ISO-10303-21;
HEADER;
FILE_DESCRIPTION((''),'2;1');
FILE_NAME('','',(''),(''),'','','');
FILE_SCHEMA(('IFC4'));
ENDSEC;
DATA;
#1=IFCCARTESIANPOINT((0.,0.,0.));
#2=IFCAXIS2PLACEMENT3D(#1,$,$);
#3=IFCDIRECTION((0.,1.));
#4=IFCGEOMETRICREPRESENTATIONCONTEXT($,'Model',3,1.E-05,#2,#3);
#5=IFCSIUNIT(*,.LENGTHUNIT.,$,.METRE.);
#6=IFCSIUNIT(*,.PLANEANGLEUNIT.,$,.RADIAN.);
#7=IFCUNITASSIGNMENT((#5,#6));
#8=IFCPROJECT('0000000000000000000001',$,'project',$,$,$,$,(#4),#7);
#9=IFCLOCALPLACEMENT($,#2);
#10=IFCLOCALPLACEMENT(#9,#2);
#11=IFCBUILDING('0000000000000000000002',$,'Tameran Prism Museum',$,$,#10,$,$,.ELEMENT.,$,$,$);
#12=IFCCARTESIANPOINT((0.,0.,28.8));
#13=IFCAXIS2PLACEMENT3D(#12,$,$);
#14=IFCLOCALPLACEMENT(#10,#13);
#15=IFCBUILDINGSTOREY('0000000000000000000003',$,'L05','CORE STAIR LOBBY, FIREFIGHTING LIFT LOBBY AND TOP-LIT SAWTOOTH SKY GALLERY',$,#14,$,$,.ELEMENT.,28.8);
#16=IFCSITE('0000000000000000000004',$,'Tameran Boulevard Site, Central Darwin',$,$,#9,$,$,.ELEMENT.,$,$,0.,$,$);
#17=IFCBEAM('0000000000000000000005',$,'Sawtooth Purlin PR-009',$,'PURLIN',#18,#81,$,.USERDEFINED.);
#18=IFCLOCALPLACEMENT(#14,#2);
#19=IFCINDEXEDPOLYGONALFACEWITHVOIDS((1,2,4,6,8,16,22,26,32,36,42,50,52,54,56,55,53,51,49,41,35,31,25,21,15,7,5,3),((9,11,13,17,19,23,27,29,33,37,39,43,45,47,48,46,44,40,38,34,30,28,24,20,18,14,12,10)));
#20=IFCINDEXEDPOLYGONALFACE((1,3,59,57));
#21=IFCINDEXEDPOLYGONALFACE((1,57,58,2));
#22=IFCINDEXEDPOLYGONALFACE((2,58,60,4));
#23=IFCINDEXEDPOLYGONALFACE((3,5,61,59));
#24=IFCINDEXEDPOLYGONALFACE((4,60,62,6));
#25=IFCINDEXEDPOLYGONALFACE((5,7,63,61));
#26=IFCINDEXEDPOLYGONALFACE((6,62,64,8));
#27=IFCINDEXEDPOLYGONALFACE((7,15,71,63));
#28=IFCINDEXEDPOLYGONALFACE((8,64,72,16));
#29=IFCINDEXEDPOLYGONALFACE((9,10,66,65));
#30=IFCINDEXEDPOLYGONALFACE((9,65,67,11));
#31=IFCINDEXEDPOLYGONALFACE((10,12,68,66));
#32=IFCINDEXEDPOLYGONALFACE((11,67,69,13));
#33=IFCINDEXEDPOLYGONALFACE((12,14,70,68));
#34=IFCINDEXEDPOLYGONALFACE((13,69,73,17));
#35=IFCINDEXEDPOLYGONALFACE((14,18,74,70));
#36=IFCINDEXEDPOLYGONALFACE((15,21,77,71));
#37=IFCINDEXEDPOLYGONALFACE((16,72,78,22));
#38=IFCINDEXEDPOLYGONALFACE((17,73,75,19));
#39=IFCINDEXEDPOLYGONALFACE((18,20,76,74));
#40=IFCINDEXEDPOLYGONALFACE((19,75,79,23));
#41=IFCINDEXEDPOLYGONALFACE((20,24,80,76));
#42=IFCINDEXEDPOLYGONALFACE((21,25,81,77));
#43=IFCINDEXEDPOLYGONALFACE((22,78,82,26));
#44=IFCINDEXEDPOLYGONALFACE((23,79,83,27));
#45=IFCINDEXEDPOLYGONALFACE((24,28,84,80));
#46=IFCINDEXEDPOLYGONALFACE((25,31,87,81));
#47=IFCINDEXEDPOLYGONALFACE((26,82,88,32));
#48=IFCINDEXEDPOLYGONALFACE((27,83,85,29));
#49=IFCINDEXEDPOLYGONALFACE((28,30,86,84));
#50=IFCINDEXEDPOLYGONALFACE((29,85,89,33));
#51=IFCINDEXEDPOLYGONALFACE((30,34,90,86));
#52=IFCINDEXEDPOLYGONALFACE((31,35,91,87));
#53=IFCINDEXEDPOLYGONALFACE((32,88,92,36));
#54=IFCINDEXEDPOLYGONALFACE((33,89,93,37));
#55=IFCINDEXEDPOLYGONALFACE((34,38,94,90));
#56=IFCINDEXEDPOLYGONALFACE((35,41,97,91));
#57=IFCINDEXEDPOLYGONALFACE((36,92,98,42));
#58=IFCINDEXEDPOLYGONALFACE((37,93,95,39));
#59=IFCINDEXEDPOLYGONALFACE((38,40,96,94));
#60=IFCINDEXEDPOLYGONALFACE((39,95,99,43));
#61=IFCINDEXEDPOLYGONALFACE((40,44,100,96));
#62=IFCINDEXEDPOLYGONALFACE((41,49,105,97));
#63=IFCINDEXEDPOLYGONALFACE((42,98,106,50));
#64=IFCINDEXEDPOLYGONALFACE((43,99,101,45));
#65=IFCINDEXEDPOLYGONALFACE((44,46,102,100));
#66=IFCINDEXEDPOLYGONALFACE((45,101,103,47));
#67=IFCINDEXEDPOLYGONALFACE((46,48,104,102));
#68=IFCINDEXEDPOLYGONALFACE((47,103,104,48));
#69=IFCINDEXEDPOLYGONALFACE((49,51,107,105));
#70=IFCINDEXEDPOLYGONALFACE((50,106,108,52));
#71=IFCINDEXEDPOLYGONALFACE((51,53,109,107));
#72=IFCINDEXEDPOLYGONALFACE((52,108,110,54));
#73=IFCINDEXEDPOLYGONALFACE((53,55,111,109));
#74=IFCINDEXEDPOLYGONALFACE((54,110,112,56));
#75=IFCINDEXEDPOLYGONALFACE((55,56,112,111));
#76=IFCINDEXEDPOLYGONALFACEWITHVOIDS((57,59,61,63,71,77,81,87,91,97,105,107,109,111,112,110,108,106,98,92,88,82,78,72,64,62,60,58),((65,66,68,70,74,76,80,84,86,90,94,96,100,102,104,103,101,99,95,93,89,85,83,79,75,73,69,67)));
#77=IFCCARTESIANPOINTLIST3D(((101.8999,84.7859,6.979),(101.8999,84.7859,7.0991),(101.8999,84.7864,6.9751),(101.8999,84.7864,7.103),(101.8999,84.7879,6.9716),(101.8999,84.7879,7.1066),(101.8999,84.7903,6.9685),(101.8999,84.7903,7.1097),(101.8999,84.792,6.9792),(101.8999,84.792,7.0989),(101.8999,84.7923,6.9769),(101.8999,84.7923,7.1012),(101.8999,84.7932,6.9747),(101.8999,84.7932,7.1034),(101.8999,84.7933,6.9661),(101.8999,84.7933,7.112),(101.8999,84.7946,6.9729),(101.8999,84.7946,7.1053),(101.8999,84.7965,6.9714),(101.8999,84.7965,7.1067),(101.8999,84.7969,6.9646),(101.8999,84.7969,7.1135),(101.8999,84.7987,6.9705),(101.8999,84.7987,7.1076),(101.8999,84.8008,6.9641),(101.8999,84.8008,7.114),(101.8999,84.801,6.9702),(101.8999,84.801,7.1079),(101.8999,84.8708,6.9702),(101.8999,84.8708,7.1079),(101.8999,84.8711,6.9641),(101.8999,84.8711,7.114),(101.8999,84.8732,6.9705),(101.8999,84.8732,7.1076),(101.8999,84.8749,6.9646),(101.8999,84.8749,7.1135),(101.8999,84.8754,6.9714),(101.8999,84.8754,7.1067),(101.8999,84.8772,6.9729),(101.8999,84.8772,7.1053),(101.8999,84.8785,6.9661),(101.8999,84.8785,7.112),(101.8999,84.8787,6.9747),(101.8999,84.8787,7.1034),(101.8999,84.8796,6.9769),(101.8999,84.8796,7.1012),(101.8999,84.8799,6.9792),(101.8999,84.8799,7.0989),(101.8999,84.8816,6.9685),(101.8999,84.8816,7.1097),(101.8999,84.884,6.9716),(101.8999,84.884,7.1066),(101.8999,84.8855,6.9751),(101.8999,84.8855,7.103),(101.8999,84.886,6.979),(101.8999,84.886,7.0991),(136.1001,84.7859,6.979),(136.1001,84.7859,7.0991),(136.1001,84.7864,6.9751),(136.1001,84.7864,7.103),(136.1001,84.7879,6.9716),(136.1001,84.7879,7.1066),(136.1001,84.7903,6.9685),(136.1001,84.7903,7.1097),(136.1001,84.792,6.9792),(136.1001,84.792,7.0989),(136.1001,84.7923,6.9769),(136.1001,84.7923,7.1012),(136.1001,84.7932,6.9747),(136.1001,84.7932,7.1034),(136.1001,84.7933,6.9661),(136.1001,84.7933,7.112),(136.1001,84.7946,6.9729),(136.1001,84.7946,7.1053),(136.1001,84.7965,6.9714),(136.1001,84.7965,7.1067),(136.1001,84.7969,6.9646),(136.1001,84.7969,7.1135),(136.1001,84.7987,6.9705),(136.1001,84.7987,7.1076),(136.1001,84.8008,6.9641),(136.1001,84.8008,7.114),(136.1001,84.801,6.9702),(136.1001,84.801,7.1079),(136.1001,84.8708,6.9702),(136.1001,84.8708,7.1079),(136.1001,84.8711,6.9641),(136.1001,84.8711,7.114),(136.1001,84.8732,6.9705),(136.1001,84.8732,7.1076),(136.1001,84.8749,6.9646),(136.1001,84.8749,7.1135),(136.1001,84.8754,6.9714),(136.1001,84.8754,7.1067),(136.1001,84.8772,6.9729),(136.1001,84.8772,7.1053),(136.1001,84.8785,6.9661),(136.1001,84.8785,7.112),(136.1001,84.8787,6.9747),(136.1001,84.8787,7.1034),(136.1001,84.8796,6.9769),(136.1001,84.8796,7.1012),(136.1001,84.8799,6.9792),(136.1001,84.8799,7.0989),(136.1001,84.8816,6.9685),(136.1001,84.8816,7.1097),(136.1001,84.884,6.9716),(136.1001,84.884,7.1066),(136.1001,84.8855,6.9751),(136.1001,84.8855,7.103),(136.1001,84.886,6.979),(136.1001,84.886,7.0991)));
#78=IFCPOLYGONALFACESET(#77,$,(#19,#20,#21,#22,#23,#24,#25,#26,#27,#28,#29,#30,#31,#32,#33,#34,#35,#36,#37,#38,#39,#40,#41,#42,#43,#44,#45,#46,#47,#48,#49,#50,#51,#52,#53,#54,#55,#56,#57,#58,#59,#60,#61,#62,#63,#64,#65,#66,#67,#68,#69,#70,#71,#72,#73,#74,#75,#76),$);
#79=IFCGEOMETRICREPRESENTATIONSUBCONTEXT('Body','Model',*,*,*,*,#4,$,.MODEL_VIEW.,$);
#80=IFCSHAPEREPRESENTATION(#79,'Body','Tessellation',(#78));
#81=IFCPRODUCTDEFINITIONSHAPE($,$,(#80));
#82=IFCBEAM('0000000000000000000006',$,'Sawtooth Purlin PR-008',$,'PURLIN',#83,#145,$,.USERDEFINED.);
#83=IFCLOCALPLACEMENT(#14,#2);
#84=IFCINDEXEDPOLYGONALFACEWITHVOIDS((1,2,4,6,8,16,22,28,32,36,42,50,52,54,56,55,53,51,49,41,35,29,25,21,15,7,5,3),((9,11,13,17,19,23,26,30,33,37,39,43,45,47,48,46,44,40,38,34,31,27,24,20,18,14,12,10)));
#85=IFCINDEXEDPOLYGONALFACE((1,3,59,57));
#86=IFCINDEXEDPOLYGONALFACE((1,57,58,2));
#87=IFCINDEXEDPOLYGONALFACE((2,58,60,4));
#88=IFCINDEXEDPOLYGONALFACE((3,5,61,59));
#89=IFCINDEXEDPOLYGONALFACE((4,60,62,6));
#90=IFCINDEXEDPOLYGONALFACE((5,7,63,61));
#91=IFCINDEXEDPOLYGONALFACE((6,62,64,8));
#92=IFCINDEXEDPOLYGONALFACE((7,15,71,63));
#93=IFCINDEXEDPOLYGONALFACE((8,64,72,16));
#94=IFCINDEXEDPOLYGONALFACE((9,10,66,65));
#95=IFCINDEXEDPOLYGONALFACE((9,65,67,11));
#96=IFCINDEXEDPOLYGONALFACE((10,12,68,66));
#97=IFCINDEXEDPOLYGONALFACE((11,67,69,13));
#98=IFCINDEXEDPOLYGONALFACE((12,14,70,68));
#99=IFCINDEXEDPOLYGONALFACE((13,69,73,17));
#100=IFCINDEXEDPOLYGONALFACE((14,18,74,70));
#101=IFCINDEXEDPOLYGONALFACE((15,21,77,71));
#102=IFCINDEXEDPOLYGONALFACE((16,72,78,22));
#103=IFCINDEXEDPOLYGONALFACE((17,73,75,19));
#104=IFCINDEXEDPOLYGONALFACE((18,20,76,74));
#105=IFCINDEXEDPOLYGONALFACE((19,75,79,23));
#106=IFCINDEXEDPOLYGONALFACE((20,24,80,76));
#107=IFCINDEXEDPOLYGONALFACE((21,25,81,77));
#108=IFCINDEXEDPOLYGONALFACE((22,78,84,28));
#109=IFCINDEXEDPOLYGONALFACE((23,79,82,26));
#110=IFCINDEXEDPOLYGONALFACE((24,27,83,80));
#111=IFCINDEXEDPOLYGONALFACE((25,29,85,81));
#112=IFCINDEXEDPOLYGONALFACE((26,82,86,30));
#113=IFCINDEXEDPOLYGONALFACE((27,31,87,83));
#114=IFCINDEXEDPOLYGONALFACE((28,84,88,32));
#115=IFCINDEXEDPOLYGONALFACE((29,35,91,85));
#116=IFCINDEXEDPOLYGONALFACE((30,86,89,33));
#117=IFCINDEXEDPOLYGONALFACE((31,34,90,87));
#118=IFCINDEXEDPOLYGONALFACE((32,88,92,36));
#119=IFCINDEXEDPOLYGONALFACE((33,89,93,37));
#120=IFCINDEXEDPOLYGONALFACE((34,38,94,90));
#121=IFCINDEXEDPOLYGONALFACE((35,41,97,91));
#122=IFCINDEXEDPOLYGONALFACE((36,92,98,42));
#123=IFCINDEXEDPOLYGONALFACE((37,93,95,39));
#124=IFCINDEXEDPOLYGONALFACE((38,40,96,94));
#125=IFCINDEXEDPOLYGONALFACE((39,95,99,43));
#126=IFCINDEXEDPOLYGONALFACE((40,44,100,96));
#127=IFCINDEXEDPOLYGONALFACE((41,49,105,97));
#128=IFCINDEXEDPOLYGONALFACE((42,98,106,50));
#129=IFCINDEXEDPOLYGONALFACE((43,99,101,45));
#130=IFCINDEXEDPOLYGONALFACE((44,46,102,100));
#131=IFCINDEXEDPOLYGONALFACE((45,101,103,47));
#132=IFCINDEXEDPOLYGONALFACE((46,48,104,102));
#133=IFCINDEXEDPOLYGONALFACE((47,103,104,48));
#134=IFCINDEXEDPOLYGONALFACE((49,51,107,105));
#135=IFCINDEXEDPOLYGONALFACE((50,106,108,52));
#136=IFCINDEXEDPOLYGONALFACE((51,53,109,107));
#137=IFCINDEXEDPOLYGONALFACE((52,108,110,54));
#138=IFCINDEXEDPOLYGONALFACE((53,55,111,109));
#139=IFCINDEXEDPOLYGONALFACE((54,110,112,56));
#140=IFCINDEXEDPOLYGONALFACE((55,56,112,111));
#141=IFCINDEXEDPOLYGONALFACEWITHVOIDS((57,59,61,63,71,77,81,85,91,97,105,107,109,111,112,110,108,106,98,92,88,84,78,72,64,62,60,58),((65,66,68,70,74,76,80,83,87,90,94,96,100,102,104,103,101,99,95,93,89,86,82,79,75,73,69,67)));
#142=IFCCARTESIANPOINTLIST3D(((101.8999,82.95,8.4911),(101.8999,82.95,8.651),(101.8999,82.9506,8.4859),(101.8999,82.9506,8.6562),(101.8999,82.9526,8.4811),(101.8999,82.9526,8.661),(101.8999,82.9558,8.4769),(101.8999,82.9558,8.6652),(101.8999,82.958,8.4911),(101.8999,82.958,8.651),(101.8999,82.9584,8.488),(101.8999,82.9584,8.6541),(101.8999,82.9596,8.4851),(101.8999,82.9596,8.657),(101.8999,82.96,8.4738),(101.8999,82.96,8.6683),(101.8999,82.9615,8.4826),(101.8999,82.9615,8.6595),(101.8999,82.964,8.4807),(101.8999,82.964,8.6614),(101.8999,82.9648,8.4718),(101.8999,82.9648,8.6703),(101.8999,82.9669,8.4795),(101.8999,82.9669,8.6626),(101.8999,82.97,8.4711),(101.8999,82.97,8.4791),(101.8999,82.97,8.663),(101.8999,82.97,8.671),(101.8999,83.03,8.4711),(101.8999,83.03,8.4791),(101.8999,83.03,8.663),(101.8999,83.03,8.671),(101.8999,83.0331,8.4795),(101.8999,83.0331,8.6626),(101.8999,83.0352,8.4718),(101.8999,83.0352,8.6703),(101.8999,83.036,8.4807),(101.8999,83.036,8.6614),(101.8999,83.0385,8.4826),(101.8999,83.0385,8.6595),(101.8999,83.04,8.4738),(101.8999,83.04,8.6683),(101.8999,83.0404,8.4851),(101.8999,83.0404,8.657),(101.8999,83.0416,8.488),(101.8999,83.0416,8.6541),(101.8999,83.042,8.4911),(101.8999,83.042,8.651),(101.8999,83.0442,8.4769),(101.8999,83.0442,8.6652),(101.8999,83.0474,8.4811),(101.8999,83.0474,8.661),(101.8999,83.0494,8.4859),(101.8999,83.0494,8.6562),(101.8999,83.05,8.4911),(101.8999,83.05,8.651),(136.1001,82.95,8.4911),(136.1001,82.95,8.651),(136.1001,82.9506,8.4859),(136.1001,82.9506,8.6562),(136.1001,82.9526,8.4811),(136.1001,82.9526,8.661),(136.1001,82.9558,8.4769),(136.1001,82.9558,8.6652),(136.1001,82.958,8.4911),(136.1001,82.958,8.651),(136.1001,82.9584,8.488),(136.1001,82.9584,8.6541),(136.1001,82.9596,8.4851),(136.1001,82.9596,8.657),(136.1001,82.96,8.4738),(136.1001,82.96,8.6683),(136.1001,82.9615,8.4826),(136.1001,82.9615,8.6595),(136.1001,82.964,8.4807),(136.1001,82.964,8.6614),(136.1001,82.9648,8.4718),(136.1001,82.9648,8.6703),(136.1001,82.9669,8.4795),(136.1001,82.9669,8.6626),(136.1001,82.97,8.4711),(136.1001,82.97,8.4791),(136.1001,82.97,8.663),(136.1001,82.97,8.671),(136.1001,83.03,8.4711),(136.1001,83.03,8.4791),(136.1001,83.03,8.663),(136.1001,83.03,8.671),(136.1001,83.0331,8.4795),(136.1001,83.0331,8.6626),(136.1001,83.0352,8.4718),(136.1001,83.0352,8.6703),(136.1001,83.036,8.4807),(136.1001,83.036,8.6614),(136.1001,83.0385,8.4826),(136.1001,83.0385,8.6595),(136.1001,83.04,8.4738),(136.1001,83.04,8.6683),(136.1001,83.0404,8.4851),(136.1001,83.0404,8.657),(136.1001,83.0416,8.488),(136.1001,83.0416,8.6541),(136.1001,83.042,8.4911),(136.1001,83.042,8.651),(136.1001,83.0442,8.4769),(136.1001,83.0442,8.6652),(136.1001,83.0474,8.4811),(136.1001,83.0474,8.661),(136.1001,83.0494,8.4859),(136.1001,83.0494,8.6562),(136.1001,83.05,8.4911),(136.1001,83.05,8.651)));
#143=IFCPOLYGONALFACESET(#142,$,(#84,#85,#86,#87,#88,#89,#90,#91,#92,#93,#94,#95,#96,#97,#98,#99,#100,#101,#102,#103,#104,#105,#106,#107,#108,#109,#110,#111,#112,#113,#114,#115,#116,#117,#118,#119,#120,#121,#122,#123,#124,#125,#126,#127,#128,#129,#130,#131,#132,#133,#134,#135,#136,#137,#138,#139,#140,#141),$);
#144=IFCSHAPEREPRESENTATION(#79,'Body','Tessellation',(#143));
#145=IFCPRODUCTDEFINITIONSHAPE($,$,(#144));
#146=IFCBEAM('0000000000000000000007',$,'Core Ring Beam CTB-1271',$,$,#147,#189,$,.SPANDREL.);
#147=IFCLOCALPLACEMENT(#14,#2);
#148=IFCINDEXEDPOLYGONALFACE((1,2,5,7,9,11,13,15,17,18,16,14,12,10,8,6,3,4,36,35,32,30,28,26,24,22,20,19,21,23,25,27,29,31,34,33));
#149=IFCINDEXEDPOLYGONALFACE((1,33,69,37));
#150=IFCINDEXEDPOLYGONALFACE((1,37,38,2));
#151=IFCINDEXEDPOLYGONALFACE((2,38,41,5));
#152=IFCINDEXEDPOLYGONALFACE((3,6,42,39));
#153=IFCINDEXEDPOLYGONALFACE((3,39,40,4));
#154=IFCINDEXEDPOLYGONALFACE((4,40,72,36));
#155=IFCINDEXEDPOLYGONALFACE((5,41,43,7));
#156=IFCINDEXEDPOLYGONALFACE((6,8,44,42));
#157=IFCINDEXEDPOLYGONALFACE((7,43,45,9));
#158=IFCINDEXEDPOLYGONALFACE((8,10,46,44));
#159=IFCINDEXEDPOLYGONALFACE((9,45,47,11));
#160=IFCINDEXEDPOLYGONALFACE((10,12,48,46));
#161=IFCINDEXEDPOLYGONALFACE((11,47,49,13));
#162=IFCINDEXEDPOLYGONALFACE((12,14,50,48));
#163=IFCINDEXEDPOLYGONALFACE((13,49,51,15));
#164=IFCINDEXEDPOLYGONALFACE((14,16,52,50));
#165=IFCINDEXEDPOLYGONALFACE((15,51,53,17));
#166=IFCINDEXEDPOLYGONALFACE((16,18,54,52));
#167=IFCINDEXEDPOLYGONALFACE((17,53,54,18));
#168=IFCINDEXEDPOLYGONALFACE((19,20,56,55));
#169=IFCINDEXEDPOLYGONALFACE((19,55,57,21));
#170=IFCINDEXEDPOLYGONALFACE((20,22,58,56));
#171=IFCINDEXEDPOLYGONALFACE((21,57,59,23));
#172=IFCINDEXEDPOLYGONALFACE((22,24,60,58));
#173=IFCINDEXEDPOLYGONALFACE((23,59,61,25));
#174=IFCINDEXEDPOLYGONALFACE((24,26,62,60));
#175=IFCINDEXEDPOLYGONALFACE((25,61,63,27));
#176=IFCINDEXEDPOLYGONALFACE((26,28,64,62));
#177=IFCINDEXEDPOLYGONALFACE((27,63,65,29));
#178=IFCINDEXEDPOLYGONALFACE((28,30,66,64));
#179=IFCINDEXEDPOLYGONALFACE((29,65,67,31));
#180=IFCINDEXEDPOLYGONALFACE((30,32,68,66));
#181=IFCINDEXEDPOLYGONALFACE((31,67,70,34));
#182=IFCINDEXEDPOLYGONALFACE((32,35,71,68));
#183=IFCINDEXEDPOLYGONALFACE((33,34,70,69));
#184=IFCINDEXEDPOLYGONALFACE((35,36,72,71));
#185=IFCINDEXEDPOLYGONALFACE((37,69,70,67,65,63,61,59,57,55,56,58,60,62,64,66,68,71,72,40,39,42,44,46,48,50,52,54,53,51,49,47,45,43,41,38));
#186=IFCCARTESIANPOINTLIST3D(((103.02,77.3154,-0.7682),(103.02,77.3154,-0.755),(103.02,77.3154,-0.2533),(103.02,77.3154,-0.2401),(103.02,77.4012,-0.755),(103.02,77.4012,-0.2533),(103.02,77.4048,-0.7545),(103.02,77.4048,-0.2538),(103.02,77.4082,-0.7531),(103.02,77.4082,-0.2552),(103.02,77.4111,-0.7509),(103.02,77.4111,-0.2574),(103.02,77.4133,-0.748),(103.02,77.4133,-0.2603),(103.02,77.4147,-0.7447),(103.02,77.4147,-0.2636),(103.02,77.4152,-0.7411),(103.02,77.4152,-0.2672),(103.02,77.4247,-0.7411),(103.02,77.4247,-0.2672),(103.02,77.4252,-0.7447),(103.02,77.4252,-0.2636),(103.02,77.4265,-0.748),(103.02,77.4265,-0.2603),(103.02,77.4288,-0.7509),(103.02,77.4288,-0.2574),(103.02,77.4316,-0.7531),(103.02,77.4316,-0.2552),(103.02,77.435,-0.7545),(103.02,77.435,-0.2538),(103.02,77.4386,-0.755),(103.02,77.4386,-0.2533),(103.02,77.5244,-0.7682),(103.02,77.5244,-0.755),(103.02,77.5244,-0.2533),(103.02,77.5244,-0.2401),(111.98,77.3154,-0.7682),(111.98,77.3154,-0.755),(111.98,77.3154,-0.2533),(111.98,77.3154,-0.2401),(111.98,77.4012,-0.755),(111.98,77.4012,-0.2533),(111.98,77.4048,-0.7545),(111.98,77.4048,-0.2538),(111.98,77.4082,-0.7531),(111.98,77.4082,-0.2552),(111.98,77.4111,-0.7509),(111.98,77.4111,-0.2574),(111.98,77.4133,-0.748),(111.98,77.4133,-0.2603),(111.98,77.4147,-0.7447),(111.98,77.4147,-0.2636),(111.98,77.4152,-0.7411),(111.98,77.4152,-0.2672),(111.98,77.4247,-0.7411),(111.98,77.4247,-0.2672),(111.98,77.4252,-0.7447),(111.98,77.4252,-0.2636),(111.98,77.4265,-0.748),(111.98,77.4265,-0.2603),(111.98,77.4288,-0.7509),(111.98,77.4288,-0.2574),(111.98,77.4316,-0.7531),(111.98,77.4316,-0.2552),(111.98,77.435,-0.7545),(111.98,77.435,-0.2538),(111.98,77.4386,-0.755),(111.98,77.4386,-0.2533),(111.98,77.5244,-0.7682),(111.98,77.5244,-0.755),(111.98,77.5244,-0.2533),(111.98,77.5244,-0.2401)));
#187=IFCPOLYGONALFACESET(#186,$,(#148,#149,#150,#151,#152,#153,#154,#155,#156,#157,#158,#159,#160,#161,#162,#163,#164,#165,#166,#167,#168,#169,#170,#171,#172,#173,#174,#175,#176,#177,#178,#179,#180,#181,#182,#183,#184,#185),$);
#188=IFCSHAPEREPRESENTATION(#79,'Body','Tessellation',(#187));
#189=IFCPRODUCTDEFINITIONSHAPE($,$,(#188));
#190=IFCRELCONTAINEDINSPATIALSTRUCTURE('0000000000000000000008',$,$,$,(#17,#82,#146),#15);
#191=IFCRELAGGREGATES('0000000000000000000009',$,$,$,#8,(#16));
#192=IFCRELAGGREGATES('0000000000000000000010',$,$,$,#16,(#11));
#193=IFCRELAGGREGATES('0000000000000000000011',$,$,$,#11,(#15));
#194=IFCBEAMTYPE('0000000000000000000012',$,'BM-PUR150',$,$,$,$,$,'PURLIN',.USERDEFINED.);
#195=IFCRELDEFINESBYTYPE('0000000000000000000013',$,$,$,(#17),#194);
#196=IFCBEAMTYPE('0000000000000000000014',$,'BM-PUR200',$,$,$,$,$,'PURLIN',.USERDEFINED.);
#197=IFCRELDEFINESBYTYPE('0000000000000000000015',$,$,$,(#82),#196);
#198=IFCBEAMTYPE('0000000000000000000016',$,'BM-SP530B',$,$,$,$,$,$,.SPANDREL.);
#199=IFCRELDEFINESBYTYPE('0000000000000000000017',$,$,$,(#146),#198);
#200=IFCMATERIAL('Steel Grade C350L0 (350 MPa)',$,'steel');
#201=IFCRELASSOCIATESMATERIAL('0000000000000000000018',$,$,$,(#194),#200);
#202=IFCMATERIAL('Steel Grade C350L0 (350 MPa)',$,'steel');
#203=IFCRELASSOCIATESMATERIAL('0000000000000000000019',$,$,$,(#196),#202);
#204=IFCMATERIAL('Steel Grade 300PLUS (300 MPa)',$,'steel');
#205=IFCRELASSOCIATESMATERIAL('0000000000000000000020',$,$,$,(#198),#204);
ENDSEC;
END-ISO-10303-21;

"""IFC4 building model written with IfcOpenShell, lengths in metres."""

from ifc_helpers import new_model, si_unit, direction, frame, origin, origin_2d, place, context, subcontext, project, spatial, hollow_rectangle, i_section, extrude, material, material_profile, profile_set, type_object, element, save


model = new_model("IFC4")

# Units and contexts
model_context = context("Model", 3, precision=1e-05, world=origin(), true_north=direction((0.0, 1.0)))
body_context = subcontext(model_context, "Body", "Model", "MODEL_VIEW")
ifc_project = project(units=[si_unit("LENGTHUNIT", "METRE"), si_unit("PLANEANGLEUNIT", "RADIAN")], contexts=[model_context])

# Site, building, storey
site_placement = place(None, origin())
site = spatial("IfcSite", under=ifc_project, at=site_placement, Name="Tameran Boulevard Site, Central Darwin", CompositionType="ELEMENT", RefElevation=0.0)
building_placement = place(site_placement, origin())
building = spatial("IfcBuilding", under=site, at=building_placement, Name="Tameran Prism Museum", CompositionType="ELEMENT")
storey_placement = place(building_placement, frame((0.0, 0.0, 28.8)))
storey = spatial("IfcBuildingStorey", under=building, at=storey_placement, Name="L05", Description="CORE STAIR LOBBY, FIREFIGHTING LIFT LOBBY AND TOP-LIT SAWTOOTH SKY GALLERY", CompositionType="ELEMENT", Elevation=28.8)

# Beams
ifc_material_1 = material(Name="Steel Grade C350L0 (350 MPa)", Category="steel")
ifc_material_profile_1 = material_profile(ifc_material_1, hollow_rectangle(XDim=0.1001, YDim=0.1499, WallThickness=0.0061, InnerFilletRadius=0.009, OuterFilletRadius=0.0149, at=origin_2d()))
ifc_profile_set_1 = profile_set([ifc_material_profile_1])
beam_type_1 = type_object("IfcBeamType", Name="BM-PUR150", ElementType="PURLIN", PredefinedType="USERDEFINED", material=ifc_profile_set_1)
for number, where, z_axis, x_axis, name in (
    (1, (101.8999, 84.8359, 7.0391), (1.0, 0.0, 0.0), (0.0, 1.0, 0.0), "Sawtooth Purlin PR-009"),
):
    element("IfcBeam", number, at=place(storey_placement, frame(where, z_axis=z_axis, x_axis=x_axis)), inside=storey, type_object=beam_type_1, Name=name, ObjectType="PURLIN", PredefinedType="USERDEFINED", context=body_context, shape_type="SweptSolid", body=[
        extrude(hollow_rectangle(XDim=0.1001, YDim=0.1499, WallThickness=0.0061, InnerFilletRadius=0.009, OuterFilletRadius=0.0149, at=origin_2d()), origin(), (0.0, 0.0, 1.0), 34.2002),
    ])
ifc_material_2 = material(Name="Steel Grade C350L0 (350 MPa)", Category="steel")
ifc_material_profile_2 = material_profile(ifc_material_2, hollow_rectangle(XDim=0.1001, YDim=0.2, WallThickness=0.0081, InnerFilletRadius=0.012, OuterFilletRadius=0.02, at=origin_2d()))
ifc_profile_set_2 = profile_set([ifc_material_profile_2])
beam_type_2 = type_object("IfcBeamType", Name="BM-PUR200", ElementType="PURLIN", PredefinedType="USERDEFINED", material=ifc_profile_set_2)
beam_1_placement = place(storey_placement, frame((101.8999, 83.0, 8.571), z_axis=(1.0, 0.0, 0.0), x_axis=(0.0, 1.0, 0.0)))
element("IfcBeam", 2, at=beam_1_placement, inside=storey, type_object=beam_type_2, Name="Sawtooth Purlin PR-008", ObjectType="PURLIN", PredefinedType="USERDEFINED", context=body_context, shape_type="SweptSolid", body=[
    extrude(hollow_rectangle(XDim=0.1001, YDim=0.2, WallThickness=0.0081, InnerFilletRadius=0.012, OuterFilletRadius=0.02, at=origin_2d()), origin(), (0.0, 0.0, 1.0), 34.2002),
])
ifc_material_3 = material(Name="Steel Grade 300PLUS (300 MPa)", Category="steel")
ifc_material_profile_3 = material_profile(ifc_material_3, i_section(OverallWidth=0.209, OverallDepth=0.5281, WebThickness=0.0095, FlangeThickness=0.0132, FilletRadius=0.0139, at=origin_2d()))
ifc_profile_set_3 = profile_set([ifc_material_profile_3])
beam_type_3 = type_object("IfcBeamType", Name="BM-SP530B", PredefinedType="SPANDREL", material=ifc_profile_set_3)
beam_2_placement = place(storey_placement, frame((103.02, 77.4199, -0.5042), z_axis=(1.0, 0.0, 0.0), x_axis=(0.0, 1.0, 0.0)))
element("IfcBeam", 3, at=beam_2_placement, inside=storey, type_object=beam_type_3, Name="Core Ring Beam CTB-1271", PredefinedType="SPANDREL", context=body_context, shape_type="SweptSolid", body=[
    extrude(i_section(OverallWidth=0.209, OverallDepth=0.5281, WebThickness=0.0095, FlangeThickness=0.0132, FilletRadius=0.0139, at=origin_2d()), origin(), (0.0, 0.0, 1.0), 8.96),
])

save(model, "model.ifc")
